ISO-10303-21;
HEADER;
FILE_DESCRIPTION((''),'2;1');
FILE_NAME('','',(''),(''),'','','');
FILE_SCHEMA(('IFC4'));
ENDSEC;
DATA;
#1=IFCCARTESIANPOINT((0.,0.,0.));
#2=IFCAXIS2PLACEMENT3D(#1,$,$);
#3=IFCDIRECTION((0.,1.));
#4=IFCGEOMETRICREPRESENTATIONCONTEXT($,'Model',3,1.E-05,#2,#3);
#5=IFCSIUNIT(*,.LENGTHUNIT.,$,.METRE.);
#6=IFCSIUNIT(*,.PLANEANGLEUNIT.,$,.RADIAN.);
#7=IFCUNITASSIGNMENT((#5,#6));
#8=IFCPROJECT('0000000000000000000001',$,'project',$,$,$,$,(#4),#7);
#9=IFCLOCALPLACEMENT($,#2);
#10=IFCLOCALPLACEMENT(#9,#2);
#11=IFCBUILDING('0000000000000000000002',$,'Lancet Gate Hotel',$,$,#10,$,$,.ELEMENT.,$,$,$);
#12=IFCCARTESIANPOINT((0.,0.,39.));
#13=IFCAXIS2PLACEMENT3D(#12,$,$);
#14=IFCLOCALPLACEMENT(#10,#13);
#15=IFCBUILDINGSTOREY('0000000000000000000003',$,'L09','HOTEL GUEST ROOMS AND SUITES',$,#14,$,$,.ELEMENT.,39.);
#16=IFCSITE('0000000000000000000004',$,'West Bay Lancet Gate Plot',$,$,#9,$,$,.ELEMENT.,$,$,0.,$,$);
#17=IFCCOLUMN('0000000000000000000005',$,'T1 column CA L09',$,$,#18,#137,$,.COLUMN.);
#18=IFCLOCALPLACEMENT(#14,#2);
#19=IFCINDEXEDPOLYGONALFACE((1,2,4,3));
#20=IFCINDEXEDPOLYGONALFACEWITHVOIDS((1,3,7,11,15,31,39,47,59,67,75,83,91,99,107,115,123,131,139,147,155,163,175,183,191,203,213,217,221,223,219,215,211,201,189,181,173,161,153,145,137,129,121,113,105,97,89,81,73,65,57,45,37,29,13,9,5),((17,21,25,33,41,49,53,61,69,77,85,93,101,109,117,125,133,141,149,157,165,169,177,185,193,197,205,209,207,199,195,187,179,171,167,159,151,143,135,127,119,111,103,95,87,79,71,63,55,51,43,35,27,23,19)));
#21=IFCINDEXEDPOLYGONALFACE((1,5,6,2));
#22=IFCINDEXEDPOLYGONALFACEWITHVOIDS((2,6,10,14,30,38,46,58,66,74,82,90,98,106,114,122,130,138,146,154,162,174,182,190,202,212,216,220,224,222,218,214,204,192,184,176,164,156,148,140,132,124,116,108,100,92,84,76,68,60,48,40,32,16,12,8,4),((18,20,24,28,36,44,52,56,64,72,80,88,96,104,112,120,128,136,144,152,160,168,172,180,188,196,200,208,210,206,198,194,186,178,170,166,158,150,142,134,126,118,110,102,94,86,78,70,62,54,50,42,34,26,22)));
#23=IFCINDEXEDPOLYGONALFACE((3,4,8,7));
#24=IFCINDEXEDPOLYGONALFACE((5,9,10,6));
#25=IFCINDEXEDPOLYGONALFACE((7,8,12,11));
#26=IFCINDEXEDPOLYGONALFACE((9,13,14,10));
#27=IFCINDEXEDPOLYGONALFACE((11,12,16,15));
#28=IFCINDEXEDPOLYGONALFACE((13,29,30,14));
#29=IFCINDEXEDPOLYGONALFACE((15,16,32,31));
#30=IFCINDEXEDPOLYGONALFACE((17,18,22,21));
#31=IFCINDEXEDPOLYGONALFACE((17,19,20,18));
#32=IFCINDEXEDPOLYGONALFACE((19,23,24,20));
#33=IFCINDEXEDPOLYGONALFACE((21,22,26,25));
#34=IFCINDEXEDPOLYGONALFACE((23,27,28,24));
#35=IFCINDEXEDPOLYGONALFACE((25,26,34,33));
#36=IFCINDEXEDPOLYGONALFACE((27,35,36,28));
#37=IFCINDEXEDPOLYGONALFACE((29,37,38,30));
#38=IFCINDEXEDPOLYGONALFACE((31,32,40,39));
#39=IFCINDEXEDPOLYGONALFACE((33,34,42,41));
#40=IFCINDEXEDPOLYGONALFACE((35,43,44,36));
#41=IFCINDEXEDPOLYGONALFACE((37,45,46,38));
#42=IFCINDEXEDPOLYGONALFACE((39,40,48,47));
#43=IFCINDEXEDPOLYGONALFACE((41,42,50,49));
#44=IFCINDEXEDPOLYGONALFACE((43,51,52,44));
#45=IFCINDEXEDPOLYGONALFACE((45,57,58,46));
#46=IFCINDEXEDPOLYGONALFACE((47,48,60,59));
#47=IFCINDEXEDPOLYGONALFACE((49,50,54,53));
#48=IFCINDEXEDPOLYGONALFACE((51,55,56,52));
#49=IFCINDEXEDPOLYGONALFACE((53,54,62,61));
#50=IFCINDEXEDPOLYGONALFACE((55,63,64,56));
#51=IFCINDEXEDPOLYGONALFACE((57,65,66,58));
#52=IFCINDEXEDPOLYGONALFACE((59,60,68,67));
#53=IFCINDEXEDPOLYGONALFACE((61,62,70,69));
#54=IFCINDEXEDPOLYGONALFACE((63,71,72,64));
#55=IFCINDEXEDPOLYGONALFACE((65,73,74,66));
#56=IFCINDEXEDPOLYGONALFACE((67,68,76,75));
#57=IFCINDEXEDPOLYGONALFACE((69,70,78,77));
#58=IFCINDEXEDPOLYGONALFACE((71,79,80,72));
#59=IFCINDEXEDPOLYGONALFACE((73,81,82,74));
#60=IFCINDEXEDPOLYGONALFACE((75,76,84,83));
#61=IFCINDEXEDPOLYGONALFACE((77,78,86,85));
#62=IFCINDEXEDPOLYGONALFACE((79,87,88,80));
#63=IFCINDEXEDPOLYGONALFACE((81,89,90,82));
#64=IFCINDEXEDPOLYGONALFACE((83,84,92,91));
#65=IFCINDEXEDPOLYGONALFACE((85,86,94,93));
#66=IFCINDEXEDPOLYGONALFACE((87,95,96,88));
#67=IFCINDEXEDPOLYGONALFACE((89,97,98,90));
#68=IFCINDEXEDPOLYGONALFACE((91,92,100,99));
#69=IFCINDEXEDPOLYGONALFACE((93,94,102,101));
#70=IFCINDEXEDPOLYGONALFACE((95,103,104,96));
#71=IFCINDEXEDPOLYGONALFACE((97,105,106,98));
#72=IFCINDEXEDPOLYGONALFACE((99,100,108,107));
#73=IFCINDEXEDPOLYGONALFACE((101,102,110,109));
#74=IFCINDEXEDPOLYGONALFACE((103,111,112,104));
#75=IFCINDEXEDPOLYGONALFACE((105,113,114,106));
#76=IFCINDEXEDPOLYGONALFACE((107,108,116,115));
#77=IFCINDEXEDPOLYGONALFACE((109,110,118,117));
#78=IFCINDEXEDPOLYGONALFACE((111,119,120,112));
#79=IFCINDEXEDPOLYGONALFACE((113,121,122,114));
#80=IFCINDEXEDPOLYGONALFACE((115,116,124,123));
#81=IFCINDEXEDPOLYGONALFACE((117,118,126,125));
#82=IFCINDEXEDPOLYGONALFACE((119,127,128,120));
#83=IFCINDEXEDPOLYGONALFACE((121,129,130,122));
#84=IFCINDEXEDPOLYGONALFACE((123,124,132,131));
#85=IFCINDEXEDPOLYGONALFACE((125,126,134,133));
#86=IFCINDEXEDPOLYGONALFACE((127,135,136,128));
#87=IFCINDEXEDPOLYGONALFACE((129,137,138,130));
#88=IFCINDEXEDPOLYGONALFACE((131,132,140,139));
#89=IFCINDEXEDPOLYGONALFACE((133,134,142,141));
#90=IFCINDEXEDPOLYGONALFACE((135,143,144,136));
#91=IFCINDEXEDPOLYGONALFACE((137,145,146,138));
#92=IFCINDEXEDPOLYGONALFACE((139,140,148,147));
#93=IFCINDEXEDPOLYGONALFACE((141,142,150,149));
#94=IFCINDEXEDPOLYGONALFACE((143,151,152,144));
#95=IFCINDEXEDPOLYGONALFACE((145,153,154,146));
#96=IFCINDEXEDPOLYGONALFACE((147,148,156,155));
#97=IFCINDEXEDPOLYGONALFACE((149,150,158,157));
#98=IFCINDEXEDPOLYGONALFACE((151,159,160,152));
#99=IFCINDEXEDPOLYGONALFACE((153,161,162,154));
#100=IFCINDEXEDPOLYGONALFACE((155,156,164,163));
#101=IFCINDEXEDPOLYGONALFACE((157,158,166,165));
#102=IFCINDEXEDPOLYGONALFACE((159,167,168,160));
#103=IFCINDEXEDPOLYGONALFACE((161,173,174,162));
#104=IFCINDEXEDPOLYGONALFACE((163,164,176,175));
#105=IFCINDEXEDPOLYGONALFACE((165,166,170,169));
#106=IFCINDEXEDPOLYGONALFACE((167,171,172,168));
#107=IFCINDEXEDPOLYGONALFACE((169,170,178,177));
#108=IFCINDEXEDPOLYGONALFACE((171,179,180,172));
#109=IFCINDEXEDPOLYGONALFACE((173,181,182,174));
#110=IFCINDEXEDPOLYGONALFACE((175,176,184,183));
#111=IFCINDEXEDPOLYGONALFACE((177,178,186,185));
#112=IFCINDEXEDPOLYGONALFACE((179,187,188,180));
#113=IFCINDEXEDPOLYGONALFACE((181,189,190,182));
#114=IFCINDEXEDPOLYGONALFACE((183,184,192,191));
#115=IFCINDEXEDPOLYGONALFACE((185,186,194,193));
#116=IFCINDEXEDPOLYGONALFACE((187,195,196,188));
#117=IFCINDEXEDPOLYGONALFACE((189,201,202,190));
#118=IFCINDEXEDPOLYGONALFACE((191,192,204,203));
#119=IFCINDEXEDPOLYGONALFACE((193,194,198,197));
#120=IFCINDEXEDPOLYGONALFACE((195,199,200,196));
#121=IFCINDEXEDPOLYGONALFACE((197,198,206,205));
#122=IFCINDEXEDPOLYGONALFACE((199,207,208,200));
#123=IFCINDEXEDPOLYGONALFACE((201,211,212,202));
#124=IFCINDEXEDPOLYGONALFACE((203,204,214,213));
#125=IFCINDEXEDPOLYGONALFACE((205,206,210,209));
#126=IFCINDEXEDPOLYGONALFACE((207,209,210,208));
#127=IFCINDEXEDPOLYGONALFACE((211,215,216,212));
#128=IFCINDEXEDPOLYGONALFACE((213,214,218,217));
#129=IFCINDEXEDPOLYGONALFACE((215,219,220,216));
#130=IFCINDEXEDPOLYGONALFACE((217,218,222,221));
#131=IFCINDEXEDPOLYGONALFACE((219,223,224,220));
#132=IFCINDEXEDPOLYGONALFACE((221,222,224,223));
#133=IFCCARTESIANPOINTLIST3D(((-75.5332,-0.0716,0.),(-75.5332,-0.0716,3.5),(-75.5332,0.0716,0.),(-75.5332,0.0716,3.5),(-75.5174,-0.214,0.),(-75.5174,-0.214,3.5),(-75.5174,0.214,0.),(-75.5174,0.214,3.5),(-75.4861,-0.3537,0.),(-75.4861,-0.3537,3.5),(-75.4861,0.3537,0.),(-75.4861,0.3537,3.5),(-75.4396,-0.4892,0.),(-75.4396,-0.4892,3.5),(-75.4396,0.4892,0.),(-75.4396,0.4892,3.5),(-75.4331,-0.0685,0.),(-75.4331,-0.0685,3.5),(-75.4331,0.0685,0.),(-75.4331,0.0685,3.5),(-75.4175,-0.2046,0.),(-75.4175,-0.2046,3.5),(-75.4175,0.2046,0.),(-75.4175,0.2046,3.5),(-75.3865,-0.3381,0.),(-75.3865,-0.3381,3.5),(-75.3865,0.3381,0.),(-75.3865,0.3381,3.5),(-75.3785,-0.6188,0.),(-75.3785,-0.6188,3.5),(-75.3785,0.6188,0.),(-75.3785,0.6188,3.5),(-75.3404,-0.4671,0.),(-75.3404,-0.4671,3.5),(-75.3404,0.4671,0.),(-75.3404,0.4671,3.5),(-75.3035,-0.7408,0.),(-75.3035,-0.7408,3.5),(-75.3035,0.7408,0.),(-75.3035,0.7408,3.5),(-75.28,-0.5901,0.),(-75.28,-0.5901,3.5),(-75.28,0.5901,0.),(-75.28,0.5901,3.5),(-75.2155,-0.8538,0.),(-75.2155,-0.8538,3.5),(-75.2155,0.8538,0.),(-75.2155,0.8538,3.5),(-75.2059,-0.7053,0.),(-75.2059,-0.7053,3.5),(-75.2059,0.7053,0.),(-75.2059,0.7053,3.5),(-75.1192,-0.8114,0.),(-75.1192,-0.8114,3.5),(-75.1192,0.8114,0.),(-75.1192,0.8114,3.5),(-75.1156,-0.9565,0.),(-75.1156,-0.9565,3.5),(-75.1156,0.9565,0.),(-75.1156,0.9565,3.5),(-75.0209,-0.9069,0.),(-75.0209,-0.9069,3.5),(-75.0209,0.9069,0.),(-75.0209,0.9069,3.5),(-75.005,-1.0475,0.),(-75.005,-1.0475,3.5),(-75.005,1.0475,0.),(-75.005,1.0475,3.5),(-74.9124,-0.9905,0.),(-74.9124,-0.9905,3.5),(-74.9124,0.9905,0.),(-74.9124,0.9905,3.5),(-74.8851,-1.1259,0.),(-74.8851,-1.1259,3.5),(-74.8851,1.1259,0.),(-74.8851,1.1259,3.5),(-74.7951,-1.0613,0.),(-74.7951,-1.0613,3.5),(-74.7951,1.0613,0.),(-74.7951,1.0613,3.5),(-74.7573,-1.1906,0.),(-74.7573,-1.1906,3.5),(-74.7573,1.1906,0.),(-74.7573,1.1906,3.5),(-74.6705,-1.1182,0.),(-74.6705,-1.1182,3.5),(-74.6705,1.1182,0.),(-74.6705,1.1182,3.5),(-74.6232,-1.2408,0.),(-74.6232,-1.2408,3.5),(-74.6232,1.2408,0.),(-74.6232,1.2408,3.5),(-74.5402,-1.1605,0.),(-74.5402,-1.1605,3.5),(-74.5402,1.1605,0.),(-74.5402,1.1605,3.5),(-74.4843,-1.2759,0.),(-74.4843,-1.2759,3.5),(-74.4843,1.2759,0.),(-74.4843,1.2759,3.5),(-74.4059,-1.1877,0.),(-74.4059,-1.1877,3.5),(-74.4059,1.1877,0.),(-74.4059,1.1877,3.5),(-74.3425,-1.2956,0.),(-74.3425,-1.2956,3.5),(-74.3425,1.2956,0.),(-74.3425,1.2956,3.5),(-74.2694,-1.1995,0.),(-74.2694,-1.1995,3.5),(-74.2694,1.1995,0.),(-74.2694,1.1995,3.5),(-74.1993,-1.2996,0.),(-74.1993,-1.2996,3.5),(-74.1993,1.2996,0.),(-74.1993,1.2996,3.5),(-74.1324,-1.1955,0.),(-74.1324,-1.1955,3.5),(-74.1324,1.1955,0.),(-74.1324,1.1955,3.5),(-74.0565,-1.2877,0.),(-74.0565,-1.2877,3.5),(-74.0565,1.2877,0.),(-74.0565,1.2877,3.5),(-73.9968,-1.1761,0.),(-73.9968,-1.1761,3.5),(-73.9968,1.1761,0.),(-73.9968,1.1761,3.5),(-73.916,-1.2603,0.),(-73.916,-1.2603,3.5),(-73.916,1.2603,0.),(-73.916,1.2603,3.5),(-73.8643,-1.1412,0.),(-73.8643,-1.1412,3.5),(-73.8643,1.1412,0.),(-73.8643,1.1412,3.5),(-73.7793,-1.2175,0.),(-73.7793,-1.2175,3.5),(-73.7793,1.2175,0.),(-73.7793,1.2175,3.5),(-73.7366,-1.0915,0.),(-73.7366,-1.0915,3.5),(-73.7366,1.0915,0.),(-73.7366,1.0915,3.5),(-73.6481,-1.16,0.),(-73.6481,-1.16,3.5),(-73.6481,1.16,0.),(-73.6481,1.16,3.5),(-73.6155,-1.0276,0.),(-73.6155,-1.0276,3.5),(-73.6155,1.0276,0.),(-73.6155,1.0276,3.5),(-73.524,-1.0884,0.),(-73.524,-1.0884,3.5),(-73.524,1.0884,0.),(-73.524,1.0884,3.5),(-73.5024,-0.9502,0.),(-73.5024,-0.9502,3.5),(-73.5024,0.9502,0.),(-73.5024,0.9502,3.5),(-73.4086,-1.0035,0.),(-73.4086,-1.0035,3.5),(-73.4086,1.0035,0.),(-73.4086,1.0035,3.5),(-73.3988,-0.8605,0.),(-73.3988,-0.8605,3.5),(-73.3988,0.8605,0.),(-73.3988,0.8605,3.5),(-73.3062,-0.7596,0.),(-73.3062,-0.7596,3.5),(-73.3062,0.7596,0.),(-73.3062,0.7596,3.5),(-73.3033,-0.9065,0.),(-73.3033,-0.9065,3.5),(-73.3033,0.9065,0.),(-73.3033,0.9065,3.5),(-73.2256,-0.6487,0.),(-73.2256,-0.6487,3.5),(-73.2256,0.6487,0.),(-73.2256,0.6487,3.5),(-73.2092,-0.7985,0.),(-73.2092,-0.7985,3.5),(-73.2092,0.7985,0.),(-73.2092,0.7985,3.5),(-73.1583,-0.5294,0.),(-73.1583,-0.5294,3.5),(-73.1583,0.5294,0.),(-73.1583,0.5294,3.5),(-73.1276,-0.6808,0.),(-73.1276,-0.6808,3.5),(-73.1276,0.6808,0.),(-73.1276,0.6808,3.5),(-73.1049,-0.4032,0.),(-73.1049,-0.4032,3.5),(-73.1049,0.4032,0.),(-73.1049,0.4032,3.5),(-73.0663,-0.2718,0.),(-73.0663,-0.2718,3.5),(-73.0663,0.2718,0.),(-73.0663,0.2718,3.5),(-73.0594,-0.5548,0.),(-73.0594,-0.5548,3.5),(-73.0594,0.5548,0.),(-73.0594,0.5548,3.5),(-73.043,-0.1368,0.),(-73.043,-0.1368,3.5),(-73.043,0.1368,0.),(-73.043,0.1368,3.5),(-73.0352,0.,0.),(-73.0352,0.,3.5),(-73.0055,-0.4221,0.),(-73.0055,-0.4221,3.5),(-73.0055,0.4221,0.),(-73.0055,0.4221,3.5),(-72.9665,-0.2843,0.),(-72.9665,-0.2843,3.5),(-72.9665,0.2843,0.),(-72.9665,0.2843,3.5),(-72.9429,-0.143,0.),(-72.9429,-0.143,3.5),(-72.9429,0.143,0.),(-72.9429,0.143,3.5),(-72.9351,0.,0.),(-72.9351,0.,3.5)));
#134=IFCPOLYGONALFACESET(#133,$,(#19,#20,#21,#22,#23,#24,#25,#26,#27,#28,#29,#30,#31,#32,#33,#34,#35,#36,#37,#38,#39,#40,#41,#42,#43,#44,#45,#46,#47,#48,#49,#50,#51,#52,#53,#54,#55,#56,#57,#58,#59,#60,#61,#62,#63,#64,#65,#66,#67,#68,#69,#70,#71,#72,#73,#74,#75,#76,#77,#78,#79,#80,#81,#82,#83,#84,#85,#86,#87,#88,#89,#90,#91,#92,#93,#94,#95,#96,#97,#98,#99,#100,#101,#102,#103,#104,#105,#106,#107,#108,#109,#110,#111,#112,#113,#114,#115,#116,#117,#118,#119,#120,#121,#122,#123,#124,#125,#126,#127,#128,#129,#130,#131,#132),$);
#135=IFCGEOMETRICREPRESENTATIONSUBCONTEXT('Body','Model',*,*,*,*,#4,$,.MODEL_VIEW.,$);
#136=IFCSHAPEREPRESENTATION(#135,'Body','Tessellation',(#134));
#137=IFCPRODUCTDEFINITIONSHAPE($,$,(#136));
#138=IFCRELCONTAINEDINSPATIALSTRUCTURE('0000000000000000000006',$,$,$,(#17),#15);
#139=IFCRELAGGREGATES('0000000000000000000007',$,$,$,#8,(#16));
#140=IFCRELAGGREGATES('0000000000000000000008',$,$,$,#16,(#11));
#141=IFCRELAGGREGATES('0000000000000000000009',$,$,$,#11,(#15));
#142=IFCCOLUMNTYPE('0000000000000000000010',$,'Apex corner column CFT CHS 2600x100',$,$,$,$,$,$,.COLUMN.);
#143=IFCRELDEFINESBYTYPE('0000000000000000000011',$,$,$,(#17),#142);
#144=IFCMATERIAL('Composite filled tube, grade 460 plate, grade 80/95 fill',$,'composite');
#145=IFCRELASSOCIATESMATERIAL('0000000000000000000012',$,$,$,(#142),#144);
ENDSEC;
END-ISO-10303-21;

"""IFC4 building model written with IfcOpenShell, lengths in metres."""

from ifc_helpers import new_model, si_unit, direction, frame, origin, origin_2d, place, context, subcontext, project, spatial, hollow_circle, extrude, material, material_profile, profile_set, type_object, element, save


model = new_model("IFC4")

# Units and contexts
model_context = context("Model", 3, precision=1e-05, world=origin(), true_north=direction((0.0, 1.0)))
body_context = subcontext(model_context, "Body", "Model", "MODEL_VIEW")
ifc_project = project(units=[si_unit("LENGTHUNIT", "METRE"), si_unit("PLANEANGLEUNIT", "RADIAN")], contexts=[model_context])

# Site, building, storey
site_placement = place(None, origin())
site = spatial("IfcSite", under=ifc_project, at=site_placement, Name="West Bay Lancet Gate Plot", CompositionType="ELEMENT", RefElevation=0.0)
building_placement = place(site_placement, origin())
building = spatial("IfcBuilding", under=site, at=building_placement, Name="Lancet Gate Hotel", CompositionType="ELEMENT")
storey_placement = place(building_placement, frame((0.0, 0.0, 39.0)))
storey = spatial("IfcBuildingStorey", under=building, at=storey_placement, Name="L09", Description="HOTEL GUEST ROOMS AND SUITES", CompositionType="ELEMENT", Elevation=39.0)

# Column
ifc_material_1 = material(Name="Composite filled tube, grade 460 plate, grade 80/95 fill", Category="composite")
ifc_material_profile_1 = material_profile(ifc_material_1, hollow_circle(Radius=1.3, WallThickness=0.1001, at=origin_2d()), Name="CHS 2600x100")
ifc_profile_set_1 = profile_set([ifc_material_profile_1], Name="Composite filled tube, grade 460 plate, grade 80/95 fill")
column_type_1 = type_object("IfcColumnType", Name="Apex corner column CFT CHS 2600x100", PredefinedType="COLUMN", material=ifc_profile_set_1)
column_1_placement = place(storey_placement, frame((-74.2351, 0.0, 0.0), z_axis=(0.0, 0.0, 1.0), x_axis=(1.0, 0.0, 0.0)))
element("IfcColumn", 1, at=column_1_placement, inside=storey, type_object=column_type_1, Name="T1 column CA L09", PredefinedType="COLUMN", context=body_context, shape_type="SweptSolid", body=[
    extrude(hollow_circle(Radius=1.3, WallThickness=0.1001, at=origin_2d()), origin(), (0.0, 0.0, 1.0), 3.5),
])

save(model, "model.ifc")
